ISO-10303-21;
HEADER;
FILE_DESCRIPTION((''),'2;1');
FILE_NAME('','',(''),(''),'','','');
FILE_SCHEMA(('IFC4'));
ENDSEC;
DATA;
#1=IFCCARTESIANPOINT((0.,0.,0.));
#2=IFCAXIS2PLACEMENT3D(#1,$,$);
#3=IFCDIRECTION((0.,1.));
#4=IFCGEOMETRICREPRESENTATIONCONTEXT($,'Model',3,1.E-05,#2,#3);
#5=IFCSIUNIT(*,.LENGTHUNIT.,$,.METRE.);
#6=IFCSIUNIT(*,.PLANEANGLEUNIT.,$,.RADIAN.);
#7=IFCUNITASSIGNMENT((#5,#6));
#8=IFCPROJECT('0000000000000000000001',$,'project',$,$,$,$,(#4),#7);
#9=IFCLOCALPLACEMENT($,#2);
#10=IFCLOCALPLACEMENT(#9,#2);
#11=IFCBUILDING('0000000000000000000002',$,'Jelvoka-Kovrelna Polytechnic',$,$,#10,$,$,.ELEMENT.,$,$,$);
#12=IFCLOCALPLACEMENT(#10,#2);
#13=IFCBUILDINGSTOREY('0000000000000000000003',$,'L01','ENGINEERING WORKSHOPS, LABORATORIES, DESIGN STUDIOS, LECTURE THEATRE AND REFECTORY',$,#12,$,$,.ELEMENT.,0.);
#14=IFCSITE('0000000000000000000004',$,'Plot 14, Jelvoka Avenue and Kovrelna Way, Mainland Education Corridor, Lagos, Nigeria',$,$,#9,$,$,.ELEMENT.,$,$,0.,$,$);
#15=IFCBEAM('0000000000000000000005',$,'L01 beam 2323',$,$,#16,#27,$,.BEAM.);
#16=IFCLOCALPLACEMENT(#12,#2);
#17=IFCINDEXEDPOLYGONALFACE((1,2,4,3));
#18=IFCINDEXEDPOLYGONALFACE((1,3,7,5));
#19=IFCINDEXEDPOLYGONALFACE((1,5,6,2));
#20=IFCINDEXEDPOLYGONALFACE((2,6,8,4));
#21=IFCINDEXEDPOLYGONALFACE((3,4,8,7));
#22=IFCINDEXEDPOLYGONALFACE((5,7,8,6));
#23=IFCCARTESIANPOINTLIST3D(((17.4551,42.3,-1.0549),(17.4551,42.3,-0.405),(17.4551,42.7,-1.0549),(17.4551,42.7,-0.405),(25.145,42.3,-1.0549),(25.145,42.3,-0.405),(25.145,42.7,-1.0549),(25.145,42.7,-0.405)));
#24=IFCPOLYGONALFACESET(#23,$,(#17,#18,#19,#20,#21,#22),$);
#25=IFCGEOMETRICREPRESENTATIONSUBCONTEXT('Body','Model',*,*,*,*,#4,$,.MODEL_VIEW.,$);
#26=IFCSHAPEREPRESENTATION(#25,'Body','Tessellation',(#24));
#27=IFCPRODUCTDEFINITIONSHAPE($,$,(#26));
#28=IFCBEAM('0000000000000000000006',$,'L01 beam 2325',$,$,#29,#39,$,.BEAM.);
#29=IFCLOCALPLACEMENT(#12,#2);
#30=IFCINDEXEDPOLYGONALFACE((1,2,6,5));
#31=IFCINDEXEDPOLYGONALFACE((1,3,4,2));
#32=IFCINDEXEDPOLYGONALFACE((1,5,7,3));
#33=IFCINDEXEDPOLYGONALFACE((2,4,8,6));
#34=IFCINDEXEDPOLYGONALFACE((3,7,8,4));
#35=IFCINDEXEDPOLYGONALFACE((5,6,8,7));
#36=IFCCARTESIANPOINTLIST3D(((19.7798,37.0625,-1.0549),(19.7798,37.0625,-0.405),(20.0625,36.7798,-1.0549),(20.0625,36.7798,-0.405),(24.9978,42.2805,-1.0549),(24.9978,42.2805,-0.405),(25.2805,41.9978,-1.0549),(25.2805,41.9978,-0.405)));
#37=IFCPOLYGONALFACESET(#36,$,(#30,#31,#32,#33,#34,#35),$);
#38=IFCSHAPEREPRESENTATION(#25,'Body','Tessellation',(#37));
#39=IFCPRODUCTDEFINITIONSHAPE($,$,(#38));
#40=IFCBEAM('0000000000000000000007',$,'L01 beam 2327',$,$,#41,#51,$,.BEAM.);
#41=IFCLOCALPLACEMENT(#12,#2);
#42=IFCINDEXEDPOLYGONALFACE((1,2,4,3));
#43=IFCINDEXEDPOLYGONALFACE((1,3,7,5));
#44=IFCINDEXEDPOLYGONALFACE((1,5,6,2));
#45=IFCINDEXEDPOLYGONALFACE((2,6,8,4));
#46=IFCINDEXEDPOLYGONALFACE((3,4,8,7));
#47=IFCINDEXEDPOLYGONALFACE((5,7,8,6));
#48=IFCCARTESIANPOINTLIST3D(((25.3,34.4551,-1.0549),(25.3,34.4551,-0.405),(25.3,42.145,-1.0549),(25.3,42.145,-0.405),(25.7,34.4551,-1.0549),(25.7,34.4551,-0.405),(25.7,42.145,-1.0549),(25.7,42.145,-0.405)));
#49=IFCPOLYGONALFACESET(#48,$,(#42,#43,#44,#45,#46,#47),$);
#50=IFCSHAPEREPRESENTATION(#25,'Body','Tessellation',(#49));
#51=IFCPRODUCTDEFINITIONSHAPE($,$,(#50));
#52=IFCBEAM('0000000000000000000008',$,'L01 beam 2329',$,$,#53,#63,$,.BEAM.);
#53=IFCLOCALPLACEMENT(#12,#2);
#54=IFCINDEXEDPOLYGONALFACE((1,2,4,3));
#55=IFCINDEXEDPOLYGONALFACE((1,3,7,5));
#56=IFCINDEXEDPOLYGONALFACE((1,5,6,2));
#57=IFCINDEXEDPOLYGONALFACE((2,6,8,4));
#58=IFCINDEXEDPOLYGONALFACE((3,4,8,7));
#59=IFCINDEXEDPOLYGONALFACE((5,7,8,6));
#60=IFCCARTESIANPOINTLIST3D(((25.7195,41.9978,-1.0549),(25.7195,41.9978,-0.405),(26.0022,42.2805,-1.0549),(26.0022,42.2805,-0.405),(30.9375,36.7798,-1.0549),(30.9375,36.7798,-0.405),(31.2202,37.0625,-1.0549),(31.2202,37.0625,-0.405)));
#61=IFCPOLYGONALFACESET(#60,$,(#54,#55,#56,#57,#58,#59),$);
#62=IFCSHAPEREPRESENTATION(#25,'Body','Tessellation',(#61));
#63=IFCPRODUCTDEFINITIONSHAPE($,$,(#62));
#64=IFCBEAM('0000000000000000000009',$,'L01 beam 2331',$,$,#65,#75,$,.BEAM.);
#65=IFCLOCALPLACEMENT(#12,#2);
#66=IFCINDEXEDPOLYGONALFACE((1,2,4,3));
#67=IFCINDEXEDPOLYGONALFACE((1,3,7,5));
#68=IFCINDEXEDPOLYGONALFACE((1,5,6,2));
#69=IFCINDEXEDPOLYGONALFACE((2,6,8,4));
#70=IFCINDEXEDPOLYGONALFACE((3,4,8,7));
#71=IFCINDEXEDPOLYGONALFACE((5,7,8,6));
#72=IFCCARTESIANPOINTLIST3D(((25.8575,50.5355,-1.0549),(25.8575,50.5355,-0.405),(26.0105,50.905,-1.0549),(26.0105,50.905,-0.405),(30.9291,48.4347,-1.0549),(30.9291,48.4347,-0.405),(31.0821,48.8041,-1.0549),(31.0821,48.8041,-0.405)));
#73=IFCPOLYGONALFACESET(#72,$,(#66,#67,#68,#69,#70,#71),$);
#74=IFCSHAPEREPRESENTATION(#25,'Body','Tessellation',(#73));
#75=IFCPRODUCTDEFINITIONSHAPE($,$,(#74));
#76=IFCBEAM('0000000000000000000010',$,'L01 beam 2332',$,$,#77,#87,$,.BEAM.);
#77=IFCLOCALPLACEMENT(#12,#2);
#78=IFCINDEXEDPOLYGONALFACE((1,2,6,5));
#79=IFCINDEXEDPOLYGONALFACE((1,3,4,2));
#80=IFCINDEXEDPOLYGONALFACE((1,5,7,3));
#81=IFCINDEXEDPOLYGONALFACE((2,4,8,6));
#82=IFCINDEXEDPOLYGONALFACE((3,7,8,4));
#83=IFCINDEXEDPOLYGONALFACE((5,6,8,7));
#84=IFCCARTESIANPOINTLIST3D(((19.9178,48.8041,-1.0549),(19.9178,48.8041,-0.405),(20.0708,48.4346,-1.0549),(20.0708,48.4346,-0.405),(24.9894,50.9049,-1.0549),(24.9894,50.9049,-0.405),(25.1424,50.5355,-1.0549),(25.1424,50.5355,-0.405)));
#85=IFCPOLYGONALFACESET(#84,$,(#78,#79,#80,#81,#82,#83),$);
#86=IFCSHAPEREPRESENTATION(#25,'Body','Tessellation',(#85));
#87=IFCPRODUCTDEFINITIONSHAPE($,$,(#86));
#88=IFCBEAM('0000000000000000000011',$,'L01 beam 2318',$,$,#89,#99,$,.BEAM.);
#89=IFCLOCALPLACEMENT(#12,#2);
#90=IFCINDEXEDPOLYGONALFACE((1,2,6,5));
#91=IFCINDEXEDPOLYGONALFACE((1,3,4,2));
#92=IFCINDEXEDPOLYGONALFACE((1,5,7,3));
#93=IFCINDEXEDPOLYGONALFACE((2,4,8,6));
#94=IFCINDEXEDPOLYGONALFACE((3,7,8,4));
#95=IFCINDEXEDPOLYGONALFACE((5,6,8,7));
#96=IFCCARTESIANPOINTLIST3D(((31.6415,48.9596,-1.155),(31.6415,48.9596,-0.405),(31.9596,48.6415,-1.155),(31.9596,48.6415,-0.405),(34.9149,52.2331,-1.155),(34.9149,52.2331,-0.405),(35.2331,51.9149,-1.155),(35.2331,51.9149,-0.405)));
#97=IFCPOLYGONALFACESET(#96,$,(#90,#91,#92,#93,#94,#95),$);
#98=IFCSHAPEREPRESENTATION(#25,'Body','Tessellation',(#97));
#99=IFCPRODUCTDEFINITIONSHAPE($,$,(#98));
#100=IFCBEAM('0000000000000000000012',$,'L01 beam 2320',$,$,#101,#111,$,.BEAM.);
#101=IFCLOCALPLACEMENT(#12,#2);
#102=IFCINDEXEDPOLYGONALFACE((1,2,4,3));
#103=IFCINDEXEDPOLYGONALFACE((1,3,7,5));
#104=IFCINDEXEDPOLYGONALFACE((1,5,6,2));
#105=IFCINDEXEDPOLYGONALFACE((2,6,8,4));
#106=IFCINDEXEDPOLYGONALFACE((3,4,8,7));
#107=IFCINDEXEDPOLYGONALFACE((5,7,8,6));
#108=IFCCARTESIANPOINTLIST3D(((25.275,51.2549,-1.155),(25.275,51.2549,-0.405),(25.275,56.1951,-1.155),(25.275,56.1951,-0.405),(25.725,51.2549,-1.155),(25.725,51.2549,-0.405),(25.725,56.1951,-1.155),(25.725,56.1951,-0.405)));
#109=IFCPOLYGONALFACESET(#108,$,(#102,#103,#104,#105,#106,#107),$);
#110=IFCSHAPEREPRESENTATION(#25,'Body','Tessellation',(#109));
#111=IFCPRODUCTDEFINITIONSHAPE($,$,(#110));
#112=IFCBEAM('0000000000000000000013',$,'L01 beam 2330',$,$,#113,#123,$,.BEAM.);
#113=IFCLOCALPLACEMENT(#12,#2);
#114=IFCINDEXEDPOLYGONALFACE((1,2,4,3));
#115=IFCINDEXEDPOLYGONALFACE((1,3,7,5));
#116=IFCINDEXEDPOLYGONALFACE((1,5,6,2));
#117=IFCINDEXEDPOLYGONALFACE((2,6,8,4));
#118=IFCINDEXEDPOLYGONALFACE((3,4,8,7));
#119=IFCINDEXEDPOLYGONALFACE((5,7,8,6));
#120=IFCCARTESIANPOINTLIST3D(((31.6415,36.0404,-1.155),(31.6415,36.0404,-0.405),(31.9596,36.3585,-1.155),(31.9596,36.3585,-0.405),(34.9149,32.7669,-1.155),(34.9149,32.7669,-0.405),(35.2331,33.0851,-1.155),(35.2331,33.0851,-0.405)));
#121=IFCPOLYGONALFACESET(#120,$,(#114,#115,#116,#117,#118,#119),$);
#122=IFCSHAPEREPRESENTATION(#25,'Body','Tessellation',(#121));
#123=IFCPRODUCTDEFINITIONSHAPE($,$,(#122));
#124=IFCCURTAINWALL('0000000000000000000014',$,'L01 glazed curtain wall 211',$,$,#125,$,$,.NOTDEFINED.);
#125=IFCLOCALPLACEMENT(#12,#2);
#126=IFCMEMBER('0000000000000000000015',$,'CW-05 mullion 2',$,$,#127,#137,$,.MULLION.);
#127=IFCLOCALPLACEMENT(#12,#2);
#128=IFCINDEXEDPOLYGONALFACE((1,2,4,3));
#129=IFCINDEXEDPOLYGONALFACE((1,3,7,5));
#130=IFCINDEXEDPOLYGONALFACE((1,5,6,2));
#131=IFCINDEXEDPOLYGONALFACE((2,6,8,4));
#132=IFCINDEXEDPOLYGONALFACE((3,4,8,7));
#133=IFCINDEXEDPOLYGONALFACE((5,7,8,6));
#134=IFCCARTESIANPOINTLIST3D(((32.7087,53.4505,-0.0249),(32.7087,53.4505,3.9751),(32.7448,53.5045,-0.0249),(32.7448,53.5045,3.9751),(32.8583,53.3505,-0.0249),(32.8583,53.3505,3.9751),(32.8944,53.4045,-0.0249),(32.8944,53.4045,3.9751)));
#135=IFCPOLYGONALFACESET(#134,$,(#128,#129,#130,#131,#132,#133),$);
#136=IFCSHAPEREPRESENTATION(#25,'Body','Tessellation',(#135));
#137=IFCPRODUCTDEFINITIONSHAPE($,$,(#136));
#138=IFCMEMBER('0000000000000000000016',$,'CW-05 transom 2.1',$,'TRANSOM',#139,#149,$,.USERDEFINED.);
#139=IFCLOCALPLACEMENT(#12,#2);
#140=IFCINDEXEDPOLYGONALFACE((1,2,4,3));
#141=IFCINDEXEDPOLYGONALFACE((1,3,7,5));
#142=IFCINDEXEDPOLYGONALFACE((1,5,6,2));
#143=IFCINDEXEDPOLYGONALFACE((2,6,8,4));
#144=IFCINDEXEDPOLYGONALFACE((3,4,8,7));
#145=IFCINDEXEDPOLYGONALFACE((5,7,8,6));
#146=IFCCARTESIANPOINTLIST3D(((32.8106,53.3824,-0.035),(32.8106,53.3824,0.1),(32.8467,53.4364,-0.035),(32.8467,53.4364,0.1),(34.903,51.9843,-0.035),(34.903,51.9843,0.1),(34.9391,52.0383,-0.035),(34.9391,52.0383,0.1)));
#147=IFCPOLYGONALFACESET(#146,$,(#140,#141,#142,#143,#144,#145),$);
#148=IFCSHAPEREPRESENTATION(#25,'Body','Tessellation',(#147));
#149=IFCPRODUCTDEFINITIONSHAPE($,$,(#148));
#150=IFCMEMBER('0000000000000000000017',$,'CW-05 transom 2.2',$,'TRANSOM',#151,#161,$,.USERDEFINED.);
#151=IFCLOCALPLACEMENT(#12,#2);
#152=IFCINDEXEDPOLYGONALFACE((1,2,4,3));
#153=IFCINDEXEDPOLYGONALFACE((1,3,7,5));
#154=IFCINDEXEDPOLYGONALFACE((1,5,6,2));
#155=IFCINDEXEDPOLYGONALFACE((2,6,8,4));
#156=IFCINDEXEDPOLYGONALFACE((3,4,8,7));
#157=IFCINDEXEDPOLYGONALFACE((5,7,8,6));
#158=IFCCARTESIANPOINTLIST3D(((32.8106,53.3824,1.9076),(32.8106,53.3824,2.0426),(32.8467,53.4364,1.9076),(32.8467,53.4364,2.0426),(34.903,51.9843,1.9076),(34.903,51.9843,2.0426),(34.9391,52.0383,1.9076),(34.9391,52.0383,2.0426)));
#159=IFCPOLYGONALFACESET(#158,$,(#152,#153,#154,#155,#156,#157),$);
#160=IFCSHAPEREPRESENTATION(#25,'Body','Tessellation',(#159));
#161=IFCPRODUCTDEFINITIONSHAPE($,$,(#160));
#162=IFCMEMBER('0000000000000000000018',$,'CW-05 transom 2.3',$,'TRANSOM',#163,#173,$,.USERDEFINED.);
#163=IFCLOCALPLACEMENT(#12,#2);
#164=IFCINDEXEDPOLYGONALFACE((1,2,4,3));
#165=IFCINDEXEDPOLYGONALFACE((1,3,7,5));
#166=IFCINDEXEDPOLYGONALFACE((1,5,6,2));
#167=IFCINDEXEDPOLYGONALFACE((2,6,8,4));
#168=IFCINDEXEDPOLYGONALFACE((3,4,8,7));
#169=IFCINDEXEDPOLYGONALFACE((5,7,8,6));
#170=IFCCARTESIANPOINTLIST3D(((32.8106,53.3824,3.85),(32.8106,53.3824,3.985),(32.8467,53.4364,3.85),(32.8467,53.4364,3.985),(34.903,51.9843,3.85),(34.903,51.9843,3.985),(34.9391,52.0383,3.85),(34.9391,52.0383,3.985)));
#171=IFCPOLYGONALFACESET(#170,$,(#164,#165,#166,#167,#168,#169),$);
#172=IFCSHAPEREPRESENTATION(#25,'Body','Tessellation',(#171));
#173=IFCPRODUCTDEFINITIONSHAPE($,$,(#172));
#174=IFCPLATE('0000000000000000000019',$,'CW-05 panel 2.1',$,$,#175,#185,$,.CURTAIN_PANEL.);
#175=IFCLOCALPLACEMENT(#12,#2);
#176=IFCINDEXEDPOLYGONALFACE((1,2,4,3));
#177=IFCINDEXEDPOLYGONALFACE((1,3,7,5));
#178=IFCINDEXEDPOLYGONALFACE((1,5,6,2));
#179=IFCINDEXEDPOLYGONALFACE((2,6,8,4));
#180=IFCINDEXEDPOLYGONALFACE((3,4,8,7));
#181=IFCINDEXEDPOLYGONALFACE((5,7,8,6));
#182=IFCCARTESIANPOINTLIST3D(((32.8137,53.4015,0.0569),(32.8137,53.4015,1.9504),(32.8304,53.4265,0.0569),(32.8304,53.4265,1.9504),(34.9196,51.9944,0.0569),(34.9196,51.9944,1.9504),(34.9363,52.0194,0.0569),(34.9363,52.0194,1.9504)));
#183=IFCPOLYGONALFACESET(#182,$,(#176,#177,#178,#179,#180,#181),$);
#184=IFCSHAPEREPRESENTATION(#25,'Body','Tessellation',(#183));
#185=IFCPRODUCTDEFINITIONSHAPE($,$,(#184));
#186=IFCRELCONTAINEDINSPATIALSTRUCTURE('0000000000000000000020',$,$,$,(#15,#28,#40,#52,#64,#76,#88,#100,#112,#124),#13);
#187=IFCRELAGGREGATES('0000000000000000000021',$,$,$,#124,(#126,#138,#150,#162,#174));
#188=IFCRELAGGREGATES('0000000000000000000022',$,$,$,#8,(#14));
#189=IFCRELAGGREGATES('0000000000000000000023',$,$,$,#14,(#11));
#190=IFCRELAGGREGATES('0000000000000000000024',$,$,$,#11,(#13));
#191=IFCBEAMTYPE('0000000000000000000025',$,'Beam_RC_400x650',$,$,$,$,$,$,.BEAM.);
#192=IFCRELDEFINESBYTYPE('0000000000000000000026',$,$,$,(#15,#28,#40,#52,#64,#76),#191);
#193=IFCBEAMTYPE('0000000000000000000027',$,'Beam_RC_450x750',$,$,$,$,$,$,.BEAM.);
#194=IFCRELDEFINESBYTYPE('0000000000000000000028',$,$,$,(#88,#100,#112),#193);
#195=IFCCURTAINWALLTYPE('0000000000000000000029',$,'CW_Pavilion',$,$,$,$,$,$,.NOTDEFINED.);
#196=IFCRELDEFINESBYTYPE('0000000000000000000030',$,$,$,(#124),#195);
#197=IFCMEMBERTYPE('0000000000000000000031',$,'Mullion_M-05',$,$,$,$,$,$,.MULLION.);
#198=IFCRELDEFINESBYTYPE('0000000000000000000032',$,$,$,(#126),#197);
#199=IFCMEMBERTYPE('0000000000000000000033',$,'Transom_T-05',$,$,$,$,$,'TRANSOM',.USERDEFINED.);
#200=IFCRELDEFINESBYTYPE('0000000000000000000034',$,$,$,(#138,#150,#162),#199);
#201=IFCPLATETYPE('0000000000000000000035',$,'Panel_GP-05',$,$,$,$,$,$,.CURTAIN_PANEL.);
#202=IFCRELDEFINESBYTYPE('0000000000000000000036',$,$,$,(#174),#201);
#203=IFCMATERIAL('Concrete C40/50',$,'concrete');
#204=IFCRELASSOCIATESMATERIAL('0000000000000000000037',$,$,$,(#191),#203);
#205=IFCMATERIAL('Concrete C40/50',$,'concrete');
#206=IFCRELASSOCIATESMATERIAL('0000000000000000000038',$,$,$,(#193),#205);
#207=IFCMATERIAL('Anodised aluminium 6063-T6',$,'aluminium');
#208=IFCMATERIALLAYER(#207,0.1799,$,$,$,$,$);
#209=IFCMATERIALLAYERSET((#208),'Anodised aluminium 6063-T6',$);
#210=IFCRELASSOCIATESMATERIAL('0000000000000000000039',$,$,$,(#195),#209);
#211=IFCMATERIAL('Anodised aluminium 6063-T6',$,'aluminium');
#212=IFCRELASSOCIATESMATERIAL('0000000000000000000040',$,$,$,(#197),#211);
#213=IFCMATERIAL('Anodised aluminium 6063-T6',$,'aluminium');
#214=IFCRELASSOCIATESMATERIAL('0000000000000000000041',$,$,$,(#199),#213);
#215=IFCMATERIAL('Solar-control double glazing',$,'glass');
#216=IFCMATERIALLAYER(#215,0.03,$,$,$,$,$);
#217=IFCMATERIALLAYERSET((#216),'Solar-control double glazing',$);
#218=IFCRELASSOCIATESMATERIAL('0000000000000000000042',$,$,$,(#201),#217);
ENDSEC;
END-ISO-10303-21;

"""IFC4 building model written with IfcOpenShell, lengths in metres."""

from ifc_helpers import new_model, si_unit, direction, frame, origin, origin_2d, place, context, subcontext, project, spatial, rectangle, extrude, material, layer, layer_set, material_profile, profile_set, type_object, element, aggregate, save


model = new_model("IFC4")

# Units and contexts
model_context = context("Model", 3, precision=1e-05, world=origin(), true_north=direction((0.0, 1.0)))
body_context = subcontext(model_context, "Body", "Model", "MODEL_VIEW")
ifc_project = project(units=[si_unit("LENGTHUNIT", "METRE"), si_unit("PLANEANGLEUNIT", "RADIAN")], contexts=[model_context])

# Site, building, storey
site_placement = place(None, origin())
site = spatial("IfcSite", under=ifc_project, at=site_placement, Name="Plot 14, Jelvoka Avenue and Kovrelna Way, Mainland Education Corridor, Lagos, Nigeria", CompositionType="ELEMENT", RefElevation=0.0)
building_placement = place(site_placement, origin())
building = spatial("IfcBuilding", under=site, at=building_placement, Name="Jelvoka-Kovrelna Polytechnic", CompositionType="ELEMENT")
storey_placement = place(building_placement, origin())
storey = spatial("IfcBuildingStorey", under=building, at=storey_placement, Name="L01", Description="ENGINEERING WORKSHOPS, LABORATORIES, DESIGN STUDIOS, LECTURE THEATRE AND REFECTORY", CompositionType="ELEMENT", Elevation=0.0)

# Beams
ifc_material_1 = material(Name="Concrete C40/50", Category="concrete")
ifc_material_profile_1 = material_profile(ifc_material_1, rectangle(XDim=0.3999, YDim=0.6499, at=origin_2d()), Name="RC 400x650")
ifc_profile_set_1 = profile_set([ifc_material_profile_1], Name="Concrete C40/50")
beam_type_1 = type_object("IfcBeamType", Name="Beam_RC_400x650", PredefinedType="BEAM", material=ifc_profile_set_1)
beam_1_placement = place(storey_placement, frame((25.145, 42.5, -0.73), z_axis=(-1.0, 0.0, 0.0), x_axis=(0.0, -1.0, 0.0)))
element("IfcBeam", 1, at=beam_1_placement, inside=storey, type_object=beam_type_1, Name="L01 beam 2323", PredefinedType="BEAM", context=body_context, shape_type="SweptSolid", body=[
    extrude(rectangle(XDim=0.3999, YDim=0.6499, at=origin_2d()), origin(), (0.0, 0.0, 1.0), 7.6899),
])
beam_2_placement = place(storey_placement, frame((25.1392, 42.1392, -0.73), z_axis=(-0.707107, -0.707107, 0.0), x_axis=(0.707107, -0.707107, 0.0)))
element("IfcBeam", 2, at=beam_2_placement, inside=storey, type_object=beam_type_1, Name="L01 beam 2325", PredefinedType="BEAM", context=body_context, shape_type="SweptSolid", body=[
    extrude(rectangle(XDim=0.3999, YDim=0.6499, at=origin_2d()), origin(), (0.0, 0.0, 1.0), 7.3794),
])
beam_3_placement = place(storey_placement, frame((25.5, 42.145, -0.73), z_axis=(0.0, -1.0, 0.0), x_axis=(1.0, 0.0, 0.0)))
element("IfcBeam", 3, at=beam_3_placement, inside=storey, type_object=beam_type_1, Name="L01 beam 2327", PredefinedType="BEAM", context=body_context, shape_type="SweptSolid", body=[
    extrude(rectangle(XDim=0.3999, YDim=0.6499, at=origin_2d()), origin(), (0.0, 0.0, 1.0), 7.6899),
])
beam_4_placement = place(storey_placement, frame((25.8608, 42.1392, -0.73), z_axis=(0.707107, -0.707107, 0.0), x_axis=(0.707107, 0.707107, 0.0)))
element("IfcBeam", 4, at=beam_4_placement, inside=storey, type_object=beam_type_1, Name="L01 beam 2329", PredefinedType="BEAM", context=body_context, shape_type="SweptSolid", body=[
    extrude(rectangle(XDim=0.3999, YDim=0.6499, at=origin_2d()), origin(), (0.0, 0.0, 1.0), 7.3794),
])
for number, where, z_axis, x_axis, name in (
    (5, (31.0056, 48.6194, -0.73), (-0.923871, 0.382704, 0.0), (-0.382704, -0.923871, 0.0), "L01 beam 2331"),
    (6, (25.0659, 50.7202, -0.73), (-0.923871, -0.382704, 0.0), (0.382704, -0.923871, 0.0), "L01 beam 2332"),
):
    element("IfcBeam", number, at=place(storey_placement, frame(where, z_axis=z_axis, x_axis=x_axis)), inside=storey, type_object=beam_type_1, Name=name, PredefinedType="BEAM", context=body_context, shape_type="SweptSolid", body=[
        extrude(rectangle(XDim=0.3999, YDim=0.6499, at=origin_2d()), origin(), (0.0, 0.0, 1.0), 5.4895),
    ])
ifc_material_2 = material(Name="Concrete C40/50", Category="concrete")
ifc_material_profile_2 = material_profile(ifc_material_2, rectangle(XDim=0.45, YDim=0.75, at=origin_2d()), Name="RC 450x750")
ifc_profile_set_2 = profile_set([ifc_material_profile_2], Name="Concrete C40/50")
beam_type_2 = type_object("IfcBeamType", Name="Beam_RC_450x750", PredefinedType="BEAM", material=ifc_profile_set_2)
beam_5_placement = place(storey_placement, frame((31.8005, 48.8005, -0.78), z_axis=(0.707107, 0.707107, 0.0), x_axis=(-0.707107, 0.707107, 0.0)))
element("IfcBeam", 7, at=beam_5_placement, inside=storey, type_object=beam_type_2, Name="L01 beam 2318", PredefinedType="BEAM", context=body_context, shape_type="SweptSolid", body=[
    extrude(rectangle(XDim=0.45, YDim=0.75, at=origin_2d()), origin(), (0.0, 0.0, 1.0), 4.6294),
])
beam_6_placement = place(storey_placement, frame((25.5, 51.2549, -0.78), z_axis=(0.0, 1.0, 0.0), x_axis=(-1.0, 0.0, 0.0)))
element("IfcBeam", 8, at=beam_6_placement, inside=storey, type_object=beam_type_2, Name="L01 beam 2320", PredefinedType="BEAM", context=body_context, shape_type="SweptSolid", body=[
    extrude(rectangle(XDim=0.45, YDim=0.75, at=origin_2d()), origin(), (0.0, 0.0, 1.0), 4.9402),
])
beam_7_placement = place(storey_placement, frame((31.8005, 36.1995, -0.78), z_axis=(0.707107, -0.707107, 0.0), x_axis=(0.707107, 0.707107, 0.0)))
element("IfcBeam", 9, at=beam_7_placement, inside=storey, type_object=beam_type_2, Name="L01 beam 2330", PredefinedType="BEAM", context=body_context, shape_type="SweptSolid", body=[
    extrude(rectangle(XDim=0.45, YDim=0.75, at=origin_2d()), origin(), (0.0, 0.0, 1.0), 4.6294),
])

# Curtain wall, members, plate
ifc_material_3 = material(Name="Anodised aluminium 6063-T6", Category="aluminium")
ifc_layer_1 = layer(ifc_material_3, 0.1799)
ifc_layer_set_1 = layer_set([ifc_layer_1], Name="Anodised aluminium 6063-T6")
curtain_wall_type = type_object("IfcCurtainWallType", Name="CW_Pavilion", PredefinedType="NOTDEFINED", material=ifc_layer_set_1)
curtain_wall_placement = place(storey_placement, origin())
curtain_wall = element("IfcCurtainWall", 10, at=curtain_wall_placement, inside=storey, type_object=curtain_wall_type, Name="L01 glazed curtain wall 211", PredefinedType="NOTDEFINED")
ifc_material_4 = material(Name="Anodised aluminium 6063-T6", Category="aluminium")
ifc_material_profile_3 = material_profile(ifc_material_4, rectangle(XDim=0.0649, YDim=0.1799, at=origin_2d()), Name="ALU 65x180")
ifc_profile_set_3 = profile_set([ifc_material_profile_3], Name="Anodised aluminium 6063-T6")
member_type_1 = type_object("IfcMemberType", Name="Mullion_M-05", PredefinedType="MULLION", material=ifc_profile_set_3)
member_1_placement = place(storey_placement, frame((32.8015, 53.4275, -0.0249), z_axis=(0.0, 0.0, 1.0), x_axis=(0.555583, 0.831461, 0.0)))
member_1 = element("IfcMember", 11, at=member_1_placement, type_object=member_type_1, Name="CW-05 mullion 2", PredefinedType="MULLION", context=body_context, shape_type="SweptSolid", body=[
    extrude(rectangle(XDim=0.0649, YDim=0.1799, at=origin_2d()), origin(), (0.0, 0.0, 1.0), 4.0),
])
ifc_material_5 = material(Name="Anodised aluminium 6063-T6", Category="aluminium")
ifc_material_profile_4 = material_profile(ifc_material_5, rectangle(XDim=0.0649, YDim=0.135, at=origin_2d()), Name="ALU 65x135")
ifc_profile_set_4 = profile_set([ifc_material_profile_4], Name="Anodised aluminium 6063-T6")
member_type_2 = type_object("IfcMemberType", Name="Transom_T-05", ElementType="TRANSOM", PredefinedType="USERDEFINED", material=ifc_profile_set_4)
member_2_placement = place(storey_placement, frame((32.8286, 53.4094, 0.0325), z_axis=(0.831468, -0.555573, 0.0), x_axis=(0.555573, 0.831468, 0.0)))
member_2 = element("IfcMember", 12, at=member_2_placement, type_object=member_type_2, Name="CW-05 transom 2.1", ObjectType="TRANSOM", PredefinedType="USERDEFINED", context=body_context, shape_type="SweptSolid", body=[
    extrude(rectangle(XDim=0.0649, YDim=0.135, at=origin_2d()), origin(), (0.0, 0.0, 1.0), 2.5166),
])
member_3_placement = place(storey_placement, frame((32.8286, 53.4094, 1.9751), z_axis=(0.831468, -0.555573, 0.0), x_axis=(0.555573, 0.831468, 0.0)))
member_3 = element("IfcMember", 13, at=member_3_placement, type_object=member_type_2, Name="CW-05 transom 2.2", ObjectType="TRANSOM", PredefinedType="USERDEFINED", context=body_context, shape_type="SweptSolid", body=[
    extrude(rectangle(XDim=0.0649, YDim=0.135, at=origin_2d()), origin(), (0.0, 0.0, 1.0), 2.5166),
])
member_4_placement = place(storey_placement, frame((32.8286, 53.4094, 3.9175), z_axis=(0.831468, -0.555573, 0.0), x_axis=(0.555573, 0.831468, 0.0)))
member_4 = element("IfcMember", 14, at=member_4_placement, type_object=member_type_2, Name="CW-05 transom 2.3", ObjectType="TRANSOM", PredefinedType="USERDEFINED", context=body_context, shape_type="SweptSolid", body=[
    extrude(rectangle(XDim=0.0649, YDim=0.135, at=origin_2d()), origin(), (0.0, 0.0, 1.0), 2.5166),
])
ifc_material_6 = material(Name="Solar-control double glazing", Category="glass")
ifc_layer_2 = layer(ifc_material_6, 0.03)
ifc_layer_set_2 = layer_set([ifc_layer_2], Name="Solar-control double glazing")
plate_type = type_object("IfcPlateType", Name="Panel_GP-05", PredefinedType="CURTAIN_PANEL", material=ifc_layer_set_2)
plate_1_placement = place(storey_placement, frame((33.875, 52.7104, 0.0569), z_axis=(0.0, 0.0, 1.0), x_axis=(0.831461, -0.555583, 0.0)))
plate_1 = element("IfcPlate", 15, at=plate_1_placement, type_object=plate_type, Name="CW-05 panel 2.1", PredefinedType="CURTAIN_PANEL", context=body_context, shape_type="SweptSolid", body=[
    extrude(rectangle(XDim=2.5327, YDim=0.03, at=origin_2d()), origin(), (0.0, 0.0, 1.0), 1.8936),
])
aggregate(curtain_wall, [member_1, member_2, member_3, member_4, plate_1])

save(model, "model.ifc")
